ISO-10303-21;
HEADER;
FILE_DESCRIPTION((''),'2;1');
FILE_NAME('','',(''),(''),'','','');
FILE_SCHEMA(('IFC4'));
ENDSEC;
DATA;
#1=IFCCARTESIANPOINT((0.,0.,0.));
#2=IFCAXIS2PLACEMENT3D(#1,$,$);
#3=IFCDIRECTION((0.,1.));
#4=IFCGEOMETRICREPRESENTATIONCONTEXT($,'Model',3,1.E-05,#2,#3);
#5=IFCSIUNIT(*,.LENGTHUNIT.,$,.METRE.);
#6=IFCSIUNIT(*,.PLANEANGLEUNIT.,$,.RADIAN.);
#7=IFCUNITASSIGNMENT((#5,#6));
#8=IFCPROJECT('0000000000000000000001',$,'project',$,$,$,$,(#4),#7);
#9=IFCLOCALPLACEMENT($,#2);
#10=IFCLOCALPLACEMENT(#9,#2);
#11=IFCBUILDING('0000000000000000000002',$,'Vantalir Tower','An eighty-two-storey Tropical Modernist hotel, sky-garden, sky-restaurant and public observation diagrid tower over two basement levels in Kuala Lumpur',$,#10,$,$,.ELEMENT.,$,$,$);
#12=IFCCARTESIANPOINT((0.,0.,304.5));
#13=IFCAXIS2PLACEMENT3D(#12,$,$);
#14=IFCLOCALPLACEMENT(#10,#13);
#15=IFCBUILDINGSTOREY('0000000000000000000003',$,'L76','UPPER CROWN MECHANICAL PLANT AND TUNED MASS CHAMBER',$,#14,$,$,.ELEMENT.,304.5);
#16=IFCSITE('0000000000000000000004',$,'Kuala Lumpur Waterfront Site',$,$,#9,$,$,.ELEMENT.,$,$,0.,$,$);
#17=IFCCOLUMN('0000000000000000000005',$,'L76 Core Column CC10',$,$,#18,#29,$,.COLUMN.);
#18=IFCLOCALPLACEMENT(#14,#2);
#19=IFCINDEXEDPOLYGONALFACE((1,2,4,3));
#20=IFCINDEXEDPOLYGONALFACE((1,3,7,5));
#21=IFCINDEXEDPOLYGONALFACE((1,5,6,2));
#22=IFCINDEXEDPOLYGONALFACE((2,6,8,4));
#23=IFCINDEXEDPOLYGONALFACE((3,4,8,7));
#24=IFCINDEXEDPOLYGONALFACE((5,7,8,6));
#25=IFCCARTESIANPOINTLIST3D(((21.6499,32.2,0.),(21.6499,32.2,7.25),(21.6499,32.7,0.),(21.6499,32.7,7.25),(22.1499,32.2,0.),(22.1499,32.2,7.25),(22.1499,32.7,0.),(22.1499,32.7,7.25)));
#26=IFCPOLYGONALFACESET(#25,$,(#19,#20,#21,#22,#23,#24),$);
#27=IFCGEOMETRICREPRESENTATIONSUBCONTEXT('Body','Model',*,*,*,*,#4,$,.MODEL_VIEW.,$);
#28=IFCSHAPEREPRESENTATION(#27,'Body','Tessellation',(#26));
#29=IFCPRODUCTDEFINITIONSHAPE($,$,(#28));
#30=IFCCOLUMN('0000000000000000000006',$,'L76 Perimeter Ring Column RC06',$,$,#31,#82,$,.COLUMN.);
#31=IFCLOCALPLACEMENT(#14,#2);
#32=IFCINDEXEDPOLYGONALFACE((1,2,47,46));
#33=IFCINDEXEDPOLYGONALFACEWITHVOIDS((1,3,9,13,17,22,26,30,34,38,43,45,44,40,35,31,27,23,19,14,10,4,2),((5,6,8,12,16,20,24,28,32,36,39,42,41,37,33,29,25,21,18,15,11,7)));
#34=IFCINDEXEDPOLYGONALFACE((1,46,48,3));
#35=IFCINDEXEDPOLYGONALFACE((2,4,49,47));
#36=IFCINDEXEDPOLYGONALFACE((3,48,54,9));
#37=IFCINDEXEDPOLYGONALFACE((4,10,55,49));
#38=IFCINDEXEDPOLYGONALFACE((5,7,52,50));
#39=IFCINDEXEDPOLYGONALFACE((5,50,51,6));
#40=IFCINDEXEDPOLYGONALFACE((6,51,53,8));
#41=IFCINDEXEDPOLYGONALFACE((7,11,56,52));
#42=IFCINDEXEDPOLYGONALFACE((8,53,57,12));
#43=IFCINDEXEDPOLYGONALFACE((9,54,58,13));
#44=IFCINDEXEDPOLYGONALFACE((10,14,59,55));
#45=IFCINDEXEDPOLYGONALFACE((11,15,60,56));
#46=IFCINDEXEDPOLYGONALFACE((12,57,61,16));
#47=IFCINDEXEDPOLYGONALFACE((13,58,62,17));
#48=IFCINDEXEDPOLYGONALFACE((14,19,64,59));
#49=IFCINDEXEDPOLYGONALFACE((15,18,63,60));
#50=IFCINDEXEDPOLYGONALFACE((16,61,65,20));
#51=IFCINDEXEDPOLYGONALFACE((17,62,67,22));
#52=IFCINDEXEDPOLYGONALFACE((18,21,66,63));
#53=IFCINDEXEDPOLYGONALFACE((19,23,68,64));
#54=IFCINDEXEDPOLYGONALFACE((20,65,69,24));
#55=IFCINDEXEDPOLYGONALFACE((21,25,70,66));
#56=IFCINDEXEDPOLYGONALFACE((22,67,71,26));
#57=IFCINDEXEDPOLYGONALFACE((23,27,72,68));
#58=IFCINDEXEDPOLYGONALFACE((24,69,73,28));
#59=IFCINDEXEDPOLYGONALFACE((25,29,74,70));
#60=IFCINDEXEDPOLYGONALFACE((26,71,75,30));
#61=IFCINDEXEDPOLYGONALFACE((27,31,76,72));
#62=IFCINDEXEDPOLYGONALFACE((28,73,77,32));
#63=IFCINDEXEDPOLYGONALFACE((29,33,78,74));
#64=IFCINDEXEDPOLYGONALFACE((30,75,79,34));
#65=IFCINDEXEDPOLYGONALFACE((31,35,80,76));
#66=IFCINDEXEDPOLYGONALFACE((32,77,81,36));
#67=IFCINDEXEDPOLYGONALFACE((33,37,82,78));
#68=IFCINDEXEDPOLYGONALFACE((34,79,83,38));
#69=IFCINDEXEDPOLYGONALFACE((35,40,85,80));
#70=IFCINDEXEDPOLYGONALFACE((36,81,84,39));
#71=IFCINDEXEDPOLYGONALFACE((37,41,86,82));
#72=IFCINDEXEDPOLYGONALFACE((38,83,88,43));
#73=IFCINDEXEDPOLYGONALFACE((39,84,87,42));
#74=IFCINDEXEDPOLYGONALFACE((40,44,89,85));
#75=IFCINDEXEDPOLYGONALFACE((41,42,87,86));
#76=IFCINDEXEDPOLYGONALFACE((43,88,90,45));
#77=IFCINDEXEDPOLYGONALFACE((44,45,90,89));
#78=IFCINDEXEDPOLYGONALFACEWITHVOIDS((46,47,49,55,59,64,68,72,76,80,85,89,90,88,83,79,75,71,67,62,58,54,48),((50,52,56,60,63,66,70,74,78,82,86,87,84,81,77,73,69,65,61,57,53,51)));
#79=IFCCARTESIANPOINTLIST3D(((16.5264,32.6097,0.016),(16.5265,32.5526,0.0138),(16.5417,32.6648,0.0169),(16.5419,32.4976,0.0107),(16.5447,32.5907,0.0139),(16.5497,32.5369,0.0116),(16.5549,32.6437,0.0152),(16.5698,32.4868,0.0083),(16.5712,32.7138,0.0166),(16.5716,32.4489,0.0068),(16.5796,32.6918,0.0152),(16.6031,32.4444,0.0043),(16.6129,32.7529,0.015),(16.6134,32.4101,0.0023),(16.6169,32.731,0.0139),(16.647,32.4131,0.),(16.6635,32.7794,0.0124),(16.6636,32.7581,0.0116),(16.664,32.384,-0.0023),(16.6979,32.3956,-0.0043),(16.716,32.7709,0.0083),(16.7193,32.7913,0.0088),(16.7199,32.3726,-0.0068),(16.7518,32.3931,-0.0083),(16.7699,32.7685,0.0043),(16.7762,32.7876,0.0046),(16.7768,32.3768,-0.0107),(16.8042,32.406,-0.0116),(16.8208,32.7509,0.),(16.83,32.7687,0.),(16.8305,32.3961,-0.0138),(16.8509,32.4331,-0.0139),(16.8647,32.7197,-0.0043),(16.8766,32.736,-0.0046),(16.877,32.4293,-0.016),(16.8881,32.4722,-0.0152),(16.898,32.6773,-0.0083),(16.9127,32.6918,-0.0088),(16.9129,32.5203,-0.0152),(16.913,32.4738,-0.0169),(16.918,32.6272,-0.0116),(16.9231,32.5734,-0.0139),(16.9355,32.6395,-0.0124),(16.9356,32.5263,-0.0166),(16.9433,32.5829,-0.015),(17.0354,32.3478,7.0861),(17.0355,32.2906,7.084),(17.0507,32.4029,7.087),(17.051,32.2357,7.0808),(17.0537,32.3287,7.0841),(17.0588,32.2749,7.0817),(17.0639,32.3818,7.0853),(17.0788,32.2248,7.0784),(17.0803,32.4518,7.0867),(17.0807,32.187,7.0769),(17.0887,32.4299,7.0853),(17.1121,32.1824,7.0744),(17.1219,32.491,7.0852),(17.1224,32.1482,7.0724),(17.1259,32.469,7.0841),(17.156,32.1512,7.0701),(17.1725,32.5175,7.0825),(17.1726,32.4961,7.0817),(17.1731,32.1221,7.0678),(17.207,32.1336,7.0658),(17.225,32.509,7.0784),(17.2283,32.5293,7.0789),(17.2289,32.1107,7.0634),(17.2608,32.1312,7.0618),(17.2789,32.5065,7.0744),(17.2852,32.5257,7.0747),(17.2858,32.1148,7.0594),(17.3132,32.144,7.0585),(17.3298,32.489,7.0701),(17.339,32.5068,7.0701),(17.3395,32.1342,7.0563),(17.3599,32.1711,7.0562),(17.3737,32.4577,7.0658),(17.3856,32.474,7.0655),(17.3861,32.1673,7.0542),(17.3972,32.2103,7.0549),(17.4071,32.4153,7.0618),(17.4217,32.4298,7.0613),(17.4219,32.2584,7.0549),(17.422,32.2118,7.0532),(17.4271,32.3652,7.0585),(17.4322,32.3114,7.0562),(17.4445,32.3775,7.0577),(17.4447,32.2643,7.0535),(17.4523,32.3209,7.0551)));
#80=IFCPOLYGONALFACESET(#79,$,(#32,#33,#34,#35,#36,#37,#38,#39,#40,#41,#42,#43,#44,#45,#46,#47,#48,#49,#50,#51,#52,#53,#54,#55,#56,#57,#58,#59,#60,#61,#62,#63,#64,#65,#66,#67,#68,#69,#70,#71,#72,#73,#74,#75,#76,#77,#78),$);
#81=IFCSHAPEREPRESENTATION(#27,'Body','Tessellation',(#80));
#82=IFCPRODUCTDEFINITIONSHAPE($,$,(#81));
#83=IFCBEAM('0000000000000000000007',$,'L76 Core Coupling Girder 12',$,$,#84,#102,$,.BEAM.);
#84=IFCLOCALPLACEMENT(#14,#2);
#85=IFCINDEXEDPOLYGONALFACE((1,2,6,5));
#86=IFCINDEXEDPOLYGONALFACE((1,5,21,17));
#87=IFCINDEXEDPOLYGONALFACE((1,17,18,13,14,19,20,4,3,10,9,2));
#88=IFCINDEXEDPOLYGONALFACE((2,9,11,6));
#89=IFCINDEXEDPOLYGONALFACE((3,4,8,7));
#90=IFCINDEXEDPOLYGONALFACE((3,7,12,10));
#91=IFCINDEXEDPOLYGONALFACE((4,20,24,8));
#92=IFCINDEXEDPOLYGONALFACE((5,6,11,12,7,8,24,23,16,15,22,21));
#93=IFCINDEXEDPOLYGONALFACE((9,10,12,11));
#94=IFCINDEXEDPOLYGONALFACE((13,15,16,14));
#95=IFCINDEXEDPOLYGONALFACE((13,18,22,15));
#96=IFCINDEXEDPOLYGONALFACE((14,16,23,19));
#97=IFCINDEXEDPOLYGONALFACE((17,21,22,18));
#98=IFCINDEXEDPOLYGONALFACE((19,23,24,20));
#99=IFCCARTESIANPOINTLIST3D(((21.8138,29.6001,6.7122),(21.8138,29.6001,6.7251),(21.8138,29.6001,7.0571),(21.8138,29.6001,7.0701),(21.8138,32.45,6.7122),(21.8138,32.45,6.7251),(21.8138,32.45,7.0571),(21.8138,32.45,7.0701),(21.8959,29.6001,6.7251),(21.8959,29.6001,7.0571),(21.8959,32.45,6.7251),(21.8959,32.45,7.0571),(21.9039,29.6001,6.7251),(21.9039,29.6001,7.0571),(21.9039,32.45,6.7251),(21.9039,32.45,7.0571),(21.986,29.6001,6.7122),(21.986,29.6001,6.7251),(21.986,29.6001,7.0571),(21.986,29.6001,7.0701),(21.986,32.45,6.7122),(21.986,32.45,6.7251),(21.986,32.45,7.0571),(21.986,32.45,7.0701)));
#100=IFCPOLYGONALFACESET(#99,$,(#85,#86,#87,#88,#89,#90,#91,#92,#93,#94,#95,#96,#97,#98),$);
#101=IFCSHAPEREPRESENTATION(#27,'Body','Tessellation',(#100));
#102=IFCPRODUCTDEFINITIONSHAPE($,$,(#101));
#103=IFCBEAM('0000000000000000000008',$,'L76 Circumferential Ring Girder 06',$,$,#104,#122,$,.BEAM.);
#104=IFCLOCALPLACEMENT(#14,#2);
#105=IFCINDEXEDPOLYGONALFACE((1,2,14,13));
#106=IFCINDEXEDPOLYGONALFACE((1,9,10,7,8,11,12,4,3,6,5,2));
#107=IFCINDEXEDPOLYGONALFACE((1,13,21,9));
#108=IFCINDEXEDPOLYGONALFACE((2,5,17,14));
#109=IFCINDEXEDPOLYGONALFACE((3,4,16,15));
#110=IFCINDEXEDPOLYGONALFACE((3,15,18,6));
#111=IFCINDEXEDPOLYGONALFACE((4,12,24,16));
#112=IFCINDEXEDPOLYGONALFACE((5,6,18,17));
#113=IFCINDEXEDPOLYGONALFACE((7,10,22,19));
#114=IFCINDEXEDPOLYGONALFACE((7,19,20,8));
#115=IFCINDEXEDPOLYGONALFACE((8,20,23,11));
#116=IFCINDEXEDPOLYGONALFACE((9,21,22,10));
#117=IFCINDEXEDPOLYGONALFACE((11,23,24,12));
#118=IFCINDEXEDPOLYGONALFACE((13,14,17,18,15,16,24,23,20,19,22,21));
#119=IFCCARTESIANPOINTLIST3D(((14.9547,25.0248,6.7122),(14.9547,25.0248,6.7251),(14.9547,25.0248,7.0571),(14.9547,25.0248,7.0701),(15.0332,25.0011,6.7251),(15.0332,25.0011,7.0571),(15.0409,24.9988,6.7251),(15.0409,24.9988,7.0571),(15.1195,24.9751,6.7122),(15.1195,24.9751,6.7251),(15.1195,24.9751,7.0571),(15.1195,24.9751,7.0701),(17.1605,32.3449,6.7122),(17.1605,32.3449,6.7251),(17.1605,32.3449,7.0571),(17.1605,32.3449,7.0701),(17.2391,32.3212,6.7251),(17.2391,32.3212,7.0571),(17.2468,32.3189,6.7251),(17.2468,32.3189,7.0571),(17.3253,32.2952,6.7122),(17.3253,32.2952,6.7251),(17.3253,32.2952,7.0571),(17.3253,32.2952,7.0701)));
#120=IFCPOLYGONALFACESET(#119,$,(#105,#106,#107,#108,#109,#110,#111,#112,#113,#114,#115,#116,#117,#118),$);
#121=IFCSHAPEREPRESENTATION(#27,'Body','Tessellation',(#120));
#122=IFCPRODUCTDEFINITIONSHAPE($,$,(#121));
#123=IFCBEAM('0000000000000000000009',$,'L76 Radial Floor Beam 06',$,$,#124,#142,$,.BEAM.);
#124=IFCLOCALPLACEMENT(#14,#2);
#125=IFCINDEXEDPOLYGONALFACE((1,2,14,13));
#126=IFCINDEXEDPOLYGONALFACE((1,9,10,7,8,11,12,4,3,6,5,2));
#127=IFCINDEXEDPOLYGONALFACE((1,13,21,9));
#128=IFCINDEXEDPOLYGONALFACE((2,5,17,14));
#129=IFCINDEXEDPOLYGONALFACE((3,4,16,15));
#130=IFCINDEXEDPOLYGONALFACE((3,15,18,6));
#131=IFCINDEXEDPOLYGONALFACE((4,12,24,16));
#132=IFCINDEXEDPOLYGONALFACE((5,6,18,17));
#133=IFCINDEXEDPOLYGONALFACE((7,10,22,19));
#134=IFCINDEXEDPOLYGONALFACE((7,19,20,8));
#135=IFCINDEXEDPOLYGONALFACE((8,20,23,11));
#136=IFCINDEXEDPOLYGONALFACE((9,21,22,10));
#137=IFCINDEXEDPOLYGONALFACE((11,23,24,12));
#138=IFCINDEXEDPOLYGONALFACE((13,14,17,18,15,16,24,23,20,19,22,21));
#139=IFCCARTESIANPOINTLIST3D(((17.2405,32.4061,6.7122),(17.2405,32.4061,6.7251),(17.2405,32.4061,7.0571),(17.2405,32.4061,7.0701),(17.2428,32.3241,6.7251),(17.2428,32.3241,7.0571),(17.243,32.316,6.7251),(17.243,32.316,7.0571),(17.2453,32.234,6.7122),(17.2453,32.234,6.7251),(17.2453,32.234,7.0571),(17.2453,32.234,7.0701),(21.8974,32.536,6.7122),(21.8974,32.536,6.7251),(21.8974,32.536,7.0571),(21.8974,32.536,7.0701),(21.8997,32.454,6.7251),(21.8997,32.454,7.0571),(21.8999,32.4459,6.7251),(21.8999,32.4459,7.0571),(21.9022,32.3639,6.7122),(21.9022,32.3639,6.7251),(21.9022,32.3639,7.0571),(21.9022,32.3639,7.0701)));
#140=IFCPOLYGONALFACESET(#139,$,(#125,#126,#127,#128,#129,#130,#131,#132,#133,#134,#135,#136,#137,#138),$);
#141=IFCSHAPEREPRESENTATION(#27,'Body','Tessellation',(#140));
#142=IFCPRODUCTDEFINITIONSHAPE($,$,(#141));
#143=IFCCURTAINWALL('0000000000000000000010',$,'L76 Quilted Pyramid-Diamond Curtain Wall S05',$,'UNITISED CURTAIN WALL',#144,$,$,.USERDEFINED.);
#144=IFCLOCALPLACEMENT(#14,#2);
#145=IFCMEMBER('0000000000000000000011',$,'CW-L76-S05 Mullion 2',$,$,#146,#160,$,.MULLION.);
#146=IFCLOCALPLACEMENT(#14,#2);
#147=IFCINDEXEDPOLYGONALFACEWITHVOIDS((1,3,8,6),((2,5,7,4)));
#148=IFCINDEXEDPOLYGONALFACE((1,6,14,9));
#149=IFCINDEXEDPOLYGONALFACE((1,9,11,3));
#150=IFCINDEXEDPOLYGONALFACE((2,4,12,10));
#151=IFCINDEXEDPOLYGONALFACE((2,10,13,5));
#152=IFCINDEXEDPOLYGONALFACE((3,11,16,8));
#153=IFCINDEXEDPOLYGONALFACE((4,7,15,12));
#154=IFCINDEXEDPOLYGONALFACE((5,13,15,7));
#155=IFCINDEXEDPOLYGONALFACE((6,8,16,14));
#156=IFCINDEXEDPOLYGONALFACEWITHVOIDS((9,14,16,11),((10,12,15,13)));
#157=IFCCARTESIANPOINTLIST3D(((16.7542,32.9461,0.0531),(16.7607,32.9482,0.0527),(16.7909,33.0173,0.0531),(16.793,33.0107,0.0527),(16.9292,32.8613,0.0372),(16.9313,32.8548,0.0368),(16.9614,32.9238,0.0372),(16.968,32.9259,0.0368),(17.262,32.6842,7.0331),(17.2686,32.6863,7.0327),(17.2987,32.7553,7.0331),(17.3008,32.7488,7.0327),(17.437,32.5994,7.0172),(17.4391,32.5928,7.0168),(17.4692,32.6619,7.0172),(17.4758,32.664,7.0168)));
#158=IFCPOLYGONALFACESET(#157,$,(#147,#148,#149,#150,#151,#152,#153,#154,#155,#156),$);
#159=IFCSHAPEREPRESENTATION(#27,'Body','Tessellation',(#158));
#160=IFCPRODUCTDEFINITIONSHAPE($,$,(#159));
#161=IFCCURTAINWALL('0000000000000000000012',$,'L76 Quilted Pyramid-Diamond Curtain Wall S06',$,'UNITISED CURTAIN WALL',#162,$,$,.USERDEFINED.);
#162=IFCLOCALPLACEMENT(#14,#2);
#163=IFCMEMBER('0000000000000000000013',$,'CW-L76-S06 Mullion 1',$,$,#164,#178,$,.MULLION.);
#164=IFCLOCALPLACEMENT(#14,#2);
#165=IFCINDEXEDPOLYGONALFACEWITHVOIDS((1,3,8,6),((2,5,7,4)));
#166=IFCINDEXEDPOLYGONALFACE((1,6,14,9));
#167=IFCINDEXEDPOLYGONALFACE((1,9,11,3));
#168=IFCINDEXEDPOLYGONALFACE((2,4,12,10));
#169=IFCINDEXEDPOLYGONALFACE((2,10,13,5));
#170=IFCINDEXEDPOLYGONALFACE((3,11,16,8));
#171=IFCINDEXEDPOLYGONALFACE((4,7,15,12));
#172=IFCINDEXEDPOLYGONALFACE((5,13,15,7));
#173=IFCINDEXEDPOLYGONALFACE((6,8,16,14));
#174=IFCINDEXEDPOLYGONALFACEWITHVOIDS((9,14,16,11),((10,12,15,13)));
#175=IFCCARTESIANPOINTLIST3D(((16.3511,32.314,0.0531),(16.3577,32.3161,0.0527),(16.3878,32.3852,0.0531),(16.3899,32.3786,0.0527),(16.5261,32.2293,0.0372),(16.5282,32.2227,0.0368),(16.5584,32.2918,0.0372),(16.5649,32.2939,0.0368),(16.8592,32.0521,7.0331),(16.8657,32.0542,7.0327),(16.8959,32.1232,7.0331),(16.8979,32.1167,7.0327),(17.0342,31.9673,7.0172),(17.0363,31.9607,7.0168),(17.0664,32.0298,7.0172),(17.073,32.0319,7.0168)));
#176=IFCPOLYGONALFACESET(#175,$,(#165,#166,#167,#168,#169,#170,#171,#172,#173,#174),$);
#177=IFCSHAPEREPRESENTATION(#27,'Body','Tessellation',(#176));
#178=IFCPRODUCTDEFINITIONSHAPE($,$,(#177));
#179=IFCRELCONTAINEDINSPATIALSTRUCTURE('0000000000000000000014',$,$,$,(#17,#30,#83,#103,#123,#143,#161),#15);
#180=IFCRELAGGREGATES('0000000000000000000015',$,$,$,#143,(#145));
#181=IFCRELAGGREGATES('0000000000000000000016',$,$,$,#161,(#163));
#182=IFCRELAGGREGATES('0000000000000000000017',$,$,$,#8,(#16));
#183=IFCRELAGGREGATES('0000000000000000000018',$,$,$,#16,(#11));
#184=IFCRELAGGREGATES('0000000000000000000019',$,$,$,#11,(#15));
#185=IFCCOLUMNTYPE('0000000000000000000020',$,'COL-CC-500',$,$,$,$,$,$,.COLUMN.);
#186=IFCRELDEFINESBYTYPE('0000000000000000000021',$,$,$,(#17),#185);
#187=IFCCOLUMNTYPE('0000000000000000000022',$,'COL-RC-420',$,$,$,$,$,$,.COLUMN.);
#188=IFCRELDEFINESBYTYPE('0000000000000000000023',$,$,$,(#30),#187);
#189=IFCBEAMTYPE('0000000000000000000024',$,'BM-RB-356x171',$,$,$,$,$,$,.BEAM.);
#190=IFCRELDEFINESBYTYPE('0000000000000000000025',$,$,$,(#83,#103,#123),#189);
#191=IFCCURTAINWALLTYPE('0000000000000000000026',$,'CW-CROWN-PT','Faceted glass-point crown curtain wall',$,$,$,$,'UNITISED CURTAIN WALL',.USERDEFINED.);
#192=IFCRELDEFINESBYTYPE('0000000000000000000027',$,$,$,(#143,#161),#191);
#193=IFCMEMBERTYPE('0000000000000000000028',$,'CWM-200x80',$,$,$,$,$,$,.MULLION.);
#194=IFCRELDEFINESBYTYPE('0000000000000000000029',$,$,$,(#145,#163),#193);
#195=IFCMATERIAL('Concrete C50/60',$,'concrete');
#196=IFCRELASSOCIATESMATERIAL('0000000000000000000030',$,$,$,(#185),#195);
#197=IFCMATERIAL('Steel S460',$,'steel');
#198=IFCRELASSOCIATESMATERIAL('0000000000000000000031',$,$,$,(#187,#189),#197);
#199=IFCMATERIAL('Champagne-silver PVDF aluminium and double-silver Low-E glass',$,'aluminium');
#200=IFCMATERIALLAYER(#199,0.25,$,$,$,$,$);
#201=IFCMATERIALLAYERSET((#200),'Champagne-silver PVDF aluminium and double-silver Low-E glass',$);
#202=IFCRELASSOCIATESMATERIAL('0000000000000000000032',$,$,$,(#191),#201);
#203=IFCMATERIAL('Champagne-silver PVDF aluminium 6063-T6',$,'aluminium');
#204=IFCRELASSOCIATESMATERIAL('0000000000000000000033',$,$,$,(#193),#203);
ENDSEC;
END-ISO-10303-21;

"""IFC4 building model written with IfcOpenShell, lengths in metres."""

from ifc_helpers import new_model, si_unit, direction, frame, origin, origin_2d, place, context, subcontext, project, spatial, rectangle, hollow_rectangle, hollow_circle, i_section, extrude, material, layer, layer_set, material_profile, profile_set, type_object, element, aggregate, save


model = new_model("IFC4")

# Units and contexts
model_context = context("Model", 3, precision=1e-05, world=origin(), true_north=direction((0.0, 1.0)))
body_context = subcontext(model_context, "Body", "Model", "MODEL_VIEW")
ifc_project = project(units=[si_unit("LENGTHUNIT", "METRE"), si_unit("PLANEANGLEUNIT", "RADIAN")], contexts=[model_context])

# Site, building, storey
site_placement = place(None, origin())
site = spatial("IfcSite", under=ifc_project, at=site_placement, Name="Kuala Lumpur Waterfront Site", CompositionType="ELEMENT", RefElevation=0.0)
building_placement = place(site_placement, origin())
building = spatial("IfcBuilding", under=site, at=building_placement, Name="Vantalir Tower", Description="An eighty-two-storey Tropical Modernist hotel, sky-garden, sky-restaurant and public observation diagrid tower over two basement levels in Kuala Lumpur", CompositionType="ELEMENT")
storey_placement = place(building_placement, frame((0.0, 0.0, 304.5)))
storey = spatial("IfcBuildingStorey", under=building, at=storey_placement, Name="L76", Description="UPPER CROWN MECHANICAL PLANT AND TUNED MASS CHAMBER", CompositionType="ELEMENT", Elevation=304.5)

# Columns
ifc_material_1 = material(Name="Concrete C50/60", Category="concrete")
ifc_material_profile_1 = material_profile(ifc_material_1, rectangle(XDim=0.5, YDim=0.5, at=origin_2d()), Name="Concrete C50/60")
ifc_profile_set_1 = profile_set([ifc_material_profile_1], Name="Concrete C50/60")
column_type_1 = type_object("IfcColumnType", Name="COL-CC-500", PredefinedType="COLUMN", material=ifc_profile_set_1)
column_1_placement = place(storey_placement, frame((21.8999, 32.45, 0.0), z_axis=(0.0, 0.0, 1.0), x_axis=(1.0, 0.0, 0.0)))
element("IfcColumn", 1, at=column_1_placement, inside=storey, type_object=column_type_1, Name="L76 Core Column CC10", PredefinedType="COLUMN", context=body_context, shape_type="SweptSolid", body=[
    extrude(rectangle(XDim=0.5, YDim=0.5, at=origin_2d()), origin(), (0.0, 0.0, 1.0), 7.25),
])
ifc_material_2 = material(Name="Steel S460", Category="steel")
ifc_material_profile_2 = material_profile(ifc_material_2, hollow_circle(Radius=0.21, WallThickness=0.02, at=origin_2d()), Name="Steel S460")
ifc_profile_set_2 = profile_set([ifc_material_profile_2], Name="Steel S460")
column_type_2 = type_object("IfcColumnType", Name="COL-RC-420", PredefinedType="COLUMN", material=ifc_profile_set_2)
column_2_placement = place(storey_placement, frame((16.7339, 32.582, 0.0), z_axis=(0.071763, -0.036932, 0.996738), x_axis=(0.457589, 0.889164, 0.0)))
element("IfcColumn", 2, at=column_2_placement, inside=storey, type_object=column_type_2, Name="L76 Perimeter Ring Column RC06", PredefinedType="COLUMN", context=body_context, shape_type="SweptSolid", body=[
    extrude(hollow_circle(Radius=0.21, WallThickness=0.02, at=origin_2d()), origin(), (0.0, 0.0, 1.0), 7.0933),
])

# Beams
ifc_material_profile_3 = material_profile(ifc_material_2, i_section(OverallWidth=0.1721, OverallDepth=0.3579, WebThickness=0.0081, FlangeThickness=0.0129, at=origin_2d()), Name="Steel S460")
ifc_profile_set_3 = profile_set([ifc_material_profile_3], Name="Steel S460")
beam_type = type_object("IfcBeamType", Name="BM-RB-356x171", PredefinedType="BEAM", material=ifc_profile_set_3)
beam_1_placement = place(storey_placement, frame((21.8999, 32.45, 6.8911), z_axis=(0.0, -1.0, 0.0), x_axis=(1.0, 0.0, 0.0)))
element("IfcBeam", 3, at=beam_1_placement, inside=storey, type_object=beam_type, Name="L76 Core Coupling Girder 12", PredefinedType="BEAM", context=body_context, shape_type="SweptSolid", body=[
    extrude(i_section(OverallWidth=0.1721, OverallDepth=0.3579, WebThickness=0.0081, FlangeThickness=0.0129, at=origin_2d()), origin(), (0.0, 0.0, 1.0), 2.8499),
])
beam_2_placement = place(storey_placement, frame((17.2429, 32.3201, 6.8911), z_axis=(-0.288522, -0.957473, 0.0), x_axis=(0.957473, -0.288522, 0.0)))
element("IfcBeam", 4, at=beam_2_placement, inside=storey, type_object=beam_type, Name="L76 Circumferential Ring Girder 06", PredefinedType="BEAM", context=body_context, shape_type="SweptSolid", body=[
    extrude(i_section(OverallWidth=0.1721, OverallDepth=0.3579, WebThickness=0.0081, FlangeThickness=0.0129, at=origin_2d()), origin(), (0.0, 0.0, 1.0), 7.6453),
])
beam_3_placement = place(storey_placement, frame((17.2429, 32.3201, 6.8911), z_axis=(0.999611, 0.027879, 0.0), x_axis=(-0.027879, 0.999611, 0.0)))
element("IfcBeam", 5, at=beam_3_placement, inside=storey, type_object=beam_type, Name="L76 Radial Floor Beam 06", PredefinedType="BEAM", context=body_context, shape_type="SweptSolid", body=[
    extrude(i_section(OverallWidth=0.1721, OverallDepth=0.3579, WebThickness=0.0081, FlangeThickness=0.0129, at=origin_2d()), origin(), (0.0, 0.0, 1.0), 4.6587),
])

# Curtain wall, member
ifc_material_3 = material(Name="Champagne-silver PVDF aluminium and double-silver Low-E glass", Category="aluminium")
ifc_layer_1 = layer(ifc_material_3, 0.25)
ifc_layer_set_1 = layer_set([ifc_layer_1], Name="Champagne-silver PVDF aluminium and double-silver Low-E glass")
curtain_wall_type = type_object("IfcCurtainWallType", Name="CW-CROWN-PT", Description="Faceted glass-point crown curtain wall", ElementType="UNITISED CURTAIN WALL", PredefinedType="USERDEFINED", material=ifc_layer_set_1)
curtain_wall_1_placement = place(storey_placement, origin())
curtain_wall_1 = element("IfcCurtainWall", 6, at=curtain_wall_1_placement, inside=storey, type_object=curtain_wall_type, Name="L76 Quilted Pyramid-Diamond Curtain Wall S05", ObjectType="UNITISED CURTAIN WALL", PredefinedType="USERDEFINED")
ifc_material_4 = material(Name="Champagne-silver PVDF aluminium 6063-T6", Category="aluminium")
ifc_material_profile_4 = material_profile(ifc_material_4, hollow_rectangle(XDim=0.0801, YDim=0.2, WallThickness=0.0049, at=origin_2d()), Name="Champagne-silver PVDF aluminium 6063-T6")
ifc_profile_set_4 = profile_set([ifc_material_profile_4], Name="Champagne-silver PVDF aluminium 6063-T6")
member_type_1 = type_object("IfcMemberType", Name="CWM-200x80", PredefinedType="MULLION", material=ifc_profile_set_4)
member_1_placement = place(storey_placement, frame((16.8611, 32.936, 0.0449), z_axis=(0.07251, -0.037405, 0.996666), x_axis=(0.458458, 0.888716, 0.0)))
member_1 = element("IfcMember", 7, at=member_1_placement, type_object=member_type_1, Name="CW-L76-S05 Mullion 2", PredefinedType="MULLION", context=body_context, shape_type="SweptSolid", body=[
    extrude(hollow_rectangle(XDim=0.0801, YDim=0.2, WallThickness=0.0049, at=origin_2d()), origin(), (0.0, 0.0, 1.0), 7.0034),
])

# Curtain wall, member
curtain_wall_2_placement = place(storey_placement, origin())
curtain_wall_2 = element("IfcCurtainWall", 8, at=curtain_wall_2_placement, inside=storey, type_object=curtain_wall_type, Name="L76 Quilted Pyramid-Diamond Curtain Wall S06", ObjectType="UNITISED CURTAIN WALL", PredefinedType="USERDEFINED")
member_2_placement = place(storey_placement, frame((16.458, 32.304, 0.0449), z_axis=(0.072545, -0.037405, 0.996663), x_axis=(0.458284, 0.888806, 0.0)))
member_2 = element("IfcMember", 9, at=member_2_placement, type_object=member_type_1, Name="CW-L76-S06 Mullion 1", PredefinedType="MULLION", context=body_context, shape_type="SweptSolid", body=[
    extrude(hollow_rectangle(XDim=0.0801, YDim=0.2, WallThickness=0.0049, at=origin_2d()), origin(), (0.0, 0.0, 1.0), 7.0034),
])

aggregate(curtain_wall_1, [member_1])
aggregate(curtain_wall_2, [member_2])

save(model, "model.ifc")
